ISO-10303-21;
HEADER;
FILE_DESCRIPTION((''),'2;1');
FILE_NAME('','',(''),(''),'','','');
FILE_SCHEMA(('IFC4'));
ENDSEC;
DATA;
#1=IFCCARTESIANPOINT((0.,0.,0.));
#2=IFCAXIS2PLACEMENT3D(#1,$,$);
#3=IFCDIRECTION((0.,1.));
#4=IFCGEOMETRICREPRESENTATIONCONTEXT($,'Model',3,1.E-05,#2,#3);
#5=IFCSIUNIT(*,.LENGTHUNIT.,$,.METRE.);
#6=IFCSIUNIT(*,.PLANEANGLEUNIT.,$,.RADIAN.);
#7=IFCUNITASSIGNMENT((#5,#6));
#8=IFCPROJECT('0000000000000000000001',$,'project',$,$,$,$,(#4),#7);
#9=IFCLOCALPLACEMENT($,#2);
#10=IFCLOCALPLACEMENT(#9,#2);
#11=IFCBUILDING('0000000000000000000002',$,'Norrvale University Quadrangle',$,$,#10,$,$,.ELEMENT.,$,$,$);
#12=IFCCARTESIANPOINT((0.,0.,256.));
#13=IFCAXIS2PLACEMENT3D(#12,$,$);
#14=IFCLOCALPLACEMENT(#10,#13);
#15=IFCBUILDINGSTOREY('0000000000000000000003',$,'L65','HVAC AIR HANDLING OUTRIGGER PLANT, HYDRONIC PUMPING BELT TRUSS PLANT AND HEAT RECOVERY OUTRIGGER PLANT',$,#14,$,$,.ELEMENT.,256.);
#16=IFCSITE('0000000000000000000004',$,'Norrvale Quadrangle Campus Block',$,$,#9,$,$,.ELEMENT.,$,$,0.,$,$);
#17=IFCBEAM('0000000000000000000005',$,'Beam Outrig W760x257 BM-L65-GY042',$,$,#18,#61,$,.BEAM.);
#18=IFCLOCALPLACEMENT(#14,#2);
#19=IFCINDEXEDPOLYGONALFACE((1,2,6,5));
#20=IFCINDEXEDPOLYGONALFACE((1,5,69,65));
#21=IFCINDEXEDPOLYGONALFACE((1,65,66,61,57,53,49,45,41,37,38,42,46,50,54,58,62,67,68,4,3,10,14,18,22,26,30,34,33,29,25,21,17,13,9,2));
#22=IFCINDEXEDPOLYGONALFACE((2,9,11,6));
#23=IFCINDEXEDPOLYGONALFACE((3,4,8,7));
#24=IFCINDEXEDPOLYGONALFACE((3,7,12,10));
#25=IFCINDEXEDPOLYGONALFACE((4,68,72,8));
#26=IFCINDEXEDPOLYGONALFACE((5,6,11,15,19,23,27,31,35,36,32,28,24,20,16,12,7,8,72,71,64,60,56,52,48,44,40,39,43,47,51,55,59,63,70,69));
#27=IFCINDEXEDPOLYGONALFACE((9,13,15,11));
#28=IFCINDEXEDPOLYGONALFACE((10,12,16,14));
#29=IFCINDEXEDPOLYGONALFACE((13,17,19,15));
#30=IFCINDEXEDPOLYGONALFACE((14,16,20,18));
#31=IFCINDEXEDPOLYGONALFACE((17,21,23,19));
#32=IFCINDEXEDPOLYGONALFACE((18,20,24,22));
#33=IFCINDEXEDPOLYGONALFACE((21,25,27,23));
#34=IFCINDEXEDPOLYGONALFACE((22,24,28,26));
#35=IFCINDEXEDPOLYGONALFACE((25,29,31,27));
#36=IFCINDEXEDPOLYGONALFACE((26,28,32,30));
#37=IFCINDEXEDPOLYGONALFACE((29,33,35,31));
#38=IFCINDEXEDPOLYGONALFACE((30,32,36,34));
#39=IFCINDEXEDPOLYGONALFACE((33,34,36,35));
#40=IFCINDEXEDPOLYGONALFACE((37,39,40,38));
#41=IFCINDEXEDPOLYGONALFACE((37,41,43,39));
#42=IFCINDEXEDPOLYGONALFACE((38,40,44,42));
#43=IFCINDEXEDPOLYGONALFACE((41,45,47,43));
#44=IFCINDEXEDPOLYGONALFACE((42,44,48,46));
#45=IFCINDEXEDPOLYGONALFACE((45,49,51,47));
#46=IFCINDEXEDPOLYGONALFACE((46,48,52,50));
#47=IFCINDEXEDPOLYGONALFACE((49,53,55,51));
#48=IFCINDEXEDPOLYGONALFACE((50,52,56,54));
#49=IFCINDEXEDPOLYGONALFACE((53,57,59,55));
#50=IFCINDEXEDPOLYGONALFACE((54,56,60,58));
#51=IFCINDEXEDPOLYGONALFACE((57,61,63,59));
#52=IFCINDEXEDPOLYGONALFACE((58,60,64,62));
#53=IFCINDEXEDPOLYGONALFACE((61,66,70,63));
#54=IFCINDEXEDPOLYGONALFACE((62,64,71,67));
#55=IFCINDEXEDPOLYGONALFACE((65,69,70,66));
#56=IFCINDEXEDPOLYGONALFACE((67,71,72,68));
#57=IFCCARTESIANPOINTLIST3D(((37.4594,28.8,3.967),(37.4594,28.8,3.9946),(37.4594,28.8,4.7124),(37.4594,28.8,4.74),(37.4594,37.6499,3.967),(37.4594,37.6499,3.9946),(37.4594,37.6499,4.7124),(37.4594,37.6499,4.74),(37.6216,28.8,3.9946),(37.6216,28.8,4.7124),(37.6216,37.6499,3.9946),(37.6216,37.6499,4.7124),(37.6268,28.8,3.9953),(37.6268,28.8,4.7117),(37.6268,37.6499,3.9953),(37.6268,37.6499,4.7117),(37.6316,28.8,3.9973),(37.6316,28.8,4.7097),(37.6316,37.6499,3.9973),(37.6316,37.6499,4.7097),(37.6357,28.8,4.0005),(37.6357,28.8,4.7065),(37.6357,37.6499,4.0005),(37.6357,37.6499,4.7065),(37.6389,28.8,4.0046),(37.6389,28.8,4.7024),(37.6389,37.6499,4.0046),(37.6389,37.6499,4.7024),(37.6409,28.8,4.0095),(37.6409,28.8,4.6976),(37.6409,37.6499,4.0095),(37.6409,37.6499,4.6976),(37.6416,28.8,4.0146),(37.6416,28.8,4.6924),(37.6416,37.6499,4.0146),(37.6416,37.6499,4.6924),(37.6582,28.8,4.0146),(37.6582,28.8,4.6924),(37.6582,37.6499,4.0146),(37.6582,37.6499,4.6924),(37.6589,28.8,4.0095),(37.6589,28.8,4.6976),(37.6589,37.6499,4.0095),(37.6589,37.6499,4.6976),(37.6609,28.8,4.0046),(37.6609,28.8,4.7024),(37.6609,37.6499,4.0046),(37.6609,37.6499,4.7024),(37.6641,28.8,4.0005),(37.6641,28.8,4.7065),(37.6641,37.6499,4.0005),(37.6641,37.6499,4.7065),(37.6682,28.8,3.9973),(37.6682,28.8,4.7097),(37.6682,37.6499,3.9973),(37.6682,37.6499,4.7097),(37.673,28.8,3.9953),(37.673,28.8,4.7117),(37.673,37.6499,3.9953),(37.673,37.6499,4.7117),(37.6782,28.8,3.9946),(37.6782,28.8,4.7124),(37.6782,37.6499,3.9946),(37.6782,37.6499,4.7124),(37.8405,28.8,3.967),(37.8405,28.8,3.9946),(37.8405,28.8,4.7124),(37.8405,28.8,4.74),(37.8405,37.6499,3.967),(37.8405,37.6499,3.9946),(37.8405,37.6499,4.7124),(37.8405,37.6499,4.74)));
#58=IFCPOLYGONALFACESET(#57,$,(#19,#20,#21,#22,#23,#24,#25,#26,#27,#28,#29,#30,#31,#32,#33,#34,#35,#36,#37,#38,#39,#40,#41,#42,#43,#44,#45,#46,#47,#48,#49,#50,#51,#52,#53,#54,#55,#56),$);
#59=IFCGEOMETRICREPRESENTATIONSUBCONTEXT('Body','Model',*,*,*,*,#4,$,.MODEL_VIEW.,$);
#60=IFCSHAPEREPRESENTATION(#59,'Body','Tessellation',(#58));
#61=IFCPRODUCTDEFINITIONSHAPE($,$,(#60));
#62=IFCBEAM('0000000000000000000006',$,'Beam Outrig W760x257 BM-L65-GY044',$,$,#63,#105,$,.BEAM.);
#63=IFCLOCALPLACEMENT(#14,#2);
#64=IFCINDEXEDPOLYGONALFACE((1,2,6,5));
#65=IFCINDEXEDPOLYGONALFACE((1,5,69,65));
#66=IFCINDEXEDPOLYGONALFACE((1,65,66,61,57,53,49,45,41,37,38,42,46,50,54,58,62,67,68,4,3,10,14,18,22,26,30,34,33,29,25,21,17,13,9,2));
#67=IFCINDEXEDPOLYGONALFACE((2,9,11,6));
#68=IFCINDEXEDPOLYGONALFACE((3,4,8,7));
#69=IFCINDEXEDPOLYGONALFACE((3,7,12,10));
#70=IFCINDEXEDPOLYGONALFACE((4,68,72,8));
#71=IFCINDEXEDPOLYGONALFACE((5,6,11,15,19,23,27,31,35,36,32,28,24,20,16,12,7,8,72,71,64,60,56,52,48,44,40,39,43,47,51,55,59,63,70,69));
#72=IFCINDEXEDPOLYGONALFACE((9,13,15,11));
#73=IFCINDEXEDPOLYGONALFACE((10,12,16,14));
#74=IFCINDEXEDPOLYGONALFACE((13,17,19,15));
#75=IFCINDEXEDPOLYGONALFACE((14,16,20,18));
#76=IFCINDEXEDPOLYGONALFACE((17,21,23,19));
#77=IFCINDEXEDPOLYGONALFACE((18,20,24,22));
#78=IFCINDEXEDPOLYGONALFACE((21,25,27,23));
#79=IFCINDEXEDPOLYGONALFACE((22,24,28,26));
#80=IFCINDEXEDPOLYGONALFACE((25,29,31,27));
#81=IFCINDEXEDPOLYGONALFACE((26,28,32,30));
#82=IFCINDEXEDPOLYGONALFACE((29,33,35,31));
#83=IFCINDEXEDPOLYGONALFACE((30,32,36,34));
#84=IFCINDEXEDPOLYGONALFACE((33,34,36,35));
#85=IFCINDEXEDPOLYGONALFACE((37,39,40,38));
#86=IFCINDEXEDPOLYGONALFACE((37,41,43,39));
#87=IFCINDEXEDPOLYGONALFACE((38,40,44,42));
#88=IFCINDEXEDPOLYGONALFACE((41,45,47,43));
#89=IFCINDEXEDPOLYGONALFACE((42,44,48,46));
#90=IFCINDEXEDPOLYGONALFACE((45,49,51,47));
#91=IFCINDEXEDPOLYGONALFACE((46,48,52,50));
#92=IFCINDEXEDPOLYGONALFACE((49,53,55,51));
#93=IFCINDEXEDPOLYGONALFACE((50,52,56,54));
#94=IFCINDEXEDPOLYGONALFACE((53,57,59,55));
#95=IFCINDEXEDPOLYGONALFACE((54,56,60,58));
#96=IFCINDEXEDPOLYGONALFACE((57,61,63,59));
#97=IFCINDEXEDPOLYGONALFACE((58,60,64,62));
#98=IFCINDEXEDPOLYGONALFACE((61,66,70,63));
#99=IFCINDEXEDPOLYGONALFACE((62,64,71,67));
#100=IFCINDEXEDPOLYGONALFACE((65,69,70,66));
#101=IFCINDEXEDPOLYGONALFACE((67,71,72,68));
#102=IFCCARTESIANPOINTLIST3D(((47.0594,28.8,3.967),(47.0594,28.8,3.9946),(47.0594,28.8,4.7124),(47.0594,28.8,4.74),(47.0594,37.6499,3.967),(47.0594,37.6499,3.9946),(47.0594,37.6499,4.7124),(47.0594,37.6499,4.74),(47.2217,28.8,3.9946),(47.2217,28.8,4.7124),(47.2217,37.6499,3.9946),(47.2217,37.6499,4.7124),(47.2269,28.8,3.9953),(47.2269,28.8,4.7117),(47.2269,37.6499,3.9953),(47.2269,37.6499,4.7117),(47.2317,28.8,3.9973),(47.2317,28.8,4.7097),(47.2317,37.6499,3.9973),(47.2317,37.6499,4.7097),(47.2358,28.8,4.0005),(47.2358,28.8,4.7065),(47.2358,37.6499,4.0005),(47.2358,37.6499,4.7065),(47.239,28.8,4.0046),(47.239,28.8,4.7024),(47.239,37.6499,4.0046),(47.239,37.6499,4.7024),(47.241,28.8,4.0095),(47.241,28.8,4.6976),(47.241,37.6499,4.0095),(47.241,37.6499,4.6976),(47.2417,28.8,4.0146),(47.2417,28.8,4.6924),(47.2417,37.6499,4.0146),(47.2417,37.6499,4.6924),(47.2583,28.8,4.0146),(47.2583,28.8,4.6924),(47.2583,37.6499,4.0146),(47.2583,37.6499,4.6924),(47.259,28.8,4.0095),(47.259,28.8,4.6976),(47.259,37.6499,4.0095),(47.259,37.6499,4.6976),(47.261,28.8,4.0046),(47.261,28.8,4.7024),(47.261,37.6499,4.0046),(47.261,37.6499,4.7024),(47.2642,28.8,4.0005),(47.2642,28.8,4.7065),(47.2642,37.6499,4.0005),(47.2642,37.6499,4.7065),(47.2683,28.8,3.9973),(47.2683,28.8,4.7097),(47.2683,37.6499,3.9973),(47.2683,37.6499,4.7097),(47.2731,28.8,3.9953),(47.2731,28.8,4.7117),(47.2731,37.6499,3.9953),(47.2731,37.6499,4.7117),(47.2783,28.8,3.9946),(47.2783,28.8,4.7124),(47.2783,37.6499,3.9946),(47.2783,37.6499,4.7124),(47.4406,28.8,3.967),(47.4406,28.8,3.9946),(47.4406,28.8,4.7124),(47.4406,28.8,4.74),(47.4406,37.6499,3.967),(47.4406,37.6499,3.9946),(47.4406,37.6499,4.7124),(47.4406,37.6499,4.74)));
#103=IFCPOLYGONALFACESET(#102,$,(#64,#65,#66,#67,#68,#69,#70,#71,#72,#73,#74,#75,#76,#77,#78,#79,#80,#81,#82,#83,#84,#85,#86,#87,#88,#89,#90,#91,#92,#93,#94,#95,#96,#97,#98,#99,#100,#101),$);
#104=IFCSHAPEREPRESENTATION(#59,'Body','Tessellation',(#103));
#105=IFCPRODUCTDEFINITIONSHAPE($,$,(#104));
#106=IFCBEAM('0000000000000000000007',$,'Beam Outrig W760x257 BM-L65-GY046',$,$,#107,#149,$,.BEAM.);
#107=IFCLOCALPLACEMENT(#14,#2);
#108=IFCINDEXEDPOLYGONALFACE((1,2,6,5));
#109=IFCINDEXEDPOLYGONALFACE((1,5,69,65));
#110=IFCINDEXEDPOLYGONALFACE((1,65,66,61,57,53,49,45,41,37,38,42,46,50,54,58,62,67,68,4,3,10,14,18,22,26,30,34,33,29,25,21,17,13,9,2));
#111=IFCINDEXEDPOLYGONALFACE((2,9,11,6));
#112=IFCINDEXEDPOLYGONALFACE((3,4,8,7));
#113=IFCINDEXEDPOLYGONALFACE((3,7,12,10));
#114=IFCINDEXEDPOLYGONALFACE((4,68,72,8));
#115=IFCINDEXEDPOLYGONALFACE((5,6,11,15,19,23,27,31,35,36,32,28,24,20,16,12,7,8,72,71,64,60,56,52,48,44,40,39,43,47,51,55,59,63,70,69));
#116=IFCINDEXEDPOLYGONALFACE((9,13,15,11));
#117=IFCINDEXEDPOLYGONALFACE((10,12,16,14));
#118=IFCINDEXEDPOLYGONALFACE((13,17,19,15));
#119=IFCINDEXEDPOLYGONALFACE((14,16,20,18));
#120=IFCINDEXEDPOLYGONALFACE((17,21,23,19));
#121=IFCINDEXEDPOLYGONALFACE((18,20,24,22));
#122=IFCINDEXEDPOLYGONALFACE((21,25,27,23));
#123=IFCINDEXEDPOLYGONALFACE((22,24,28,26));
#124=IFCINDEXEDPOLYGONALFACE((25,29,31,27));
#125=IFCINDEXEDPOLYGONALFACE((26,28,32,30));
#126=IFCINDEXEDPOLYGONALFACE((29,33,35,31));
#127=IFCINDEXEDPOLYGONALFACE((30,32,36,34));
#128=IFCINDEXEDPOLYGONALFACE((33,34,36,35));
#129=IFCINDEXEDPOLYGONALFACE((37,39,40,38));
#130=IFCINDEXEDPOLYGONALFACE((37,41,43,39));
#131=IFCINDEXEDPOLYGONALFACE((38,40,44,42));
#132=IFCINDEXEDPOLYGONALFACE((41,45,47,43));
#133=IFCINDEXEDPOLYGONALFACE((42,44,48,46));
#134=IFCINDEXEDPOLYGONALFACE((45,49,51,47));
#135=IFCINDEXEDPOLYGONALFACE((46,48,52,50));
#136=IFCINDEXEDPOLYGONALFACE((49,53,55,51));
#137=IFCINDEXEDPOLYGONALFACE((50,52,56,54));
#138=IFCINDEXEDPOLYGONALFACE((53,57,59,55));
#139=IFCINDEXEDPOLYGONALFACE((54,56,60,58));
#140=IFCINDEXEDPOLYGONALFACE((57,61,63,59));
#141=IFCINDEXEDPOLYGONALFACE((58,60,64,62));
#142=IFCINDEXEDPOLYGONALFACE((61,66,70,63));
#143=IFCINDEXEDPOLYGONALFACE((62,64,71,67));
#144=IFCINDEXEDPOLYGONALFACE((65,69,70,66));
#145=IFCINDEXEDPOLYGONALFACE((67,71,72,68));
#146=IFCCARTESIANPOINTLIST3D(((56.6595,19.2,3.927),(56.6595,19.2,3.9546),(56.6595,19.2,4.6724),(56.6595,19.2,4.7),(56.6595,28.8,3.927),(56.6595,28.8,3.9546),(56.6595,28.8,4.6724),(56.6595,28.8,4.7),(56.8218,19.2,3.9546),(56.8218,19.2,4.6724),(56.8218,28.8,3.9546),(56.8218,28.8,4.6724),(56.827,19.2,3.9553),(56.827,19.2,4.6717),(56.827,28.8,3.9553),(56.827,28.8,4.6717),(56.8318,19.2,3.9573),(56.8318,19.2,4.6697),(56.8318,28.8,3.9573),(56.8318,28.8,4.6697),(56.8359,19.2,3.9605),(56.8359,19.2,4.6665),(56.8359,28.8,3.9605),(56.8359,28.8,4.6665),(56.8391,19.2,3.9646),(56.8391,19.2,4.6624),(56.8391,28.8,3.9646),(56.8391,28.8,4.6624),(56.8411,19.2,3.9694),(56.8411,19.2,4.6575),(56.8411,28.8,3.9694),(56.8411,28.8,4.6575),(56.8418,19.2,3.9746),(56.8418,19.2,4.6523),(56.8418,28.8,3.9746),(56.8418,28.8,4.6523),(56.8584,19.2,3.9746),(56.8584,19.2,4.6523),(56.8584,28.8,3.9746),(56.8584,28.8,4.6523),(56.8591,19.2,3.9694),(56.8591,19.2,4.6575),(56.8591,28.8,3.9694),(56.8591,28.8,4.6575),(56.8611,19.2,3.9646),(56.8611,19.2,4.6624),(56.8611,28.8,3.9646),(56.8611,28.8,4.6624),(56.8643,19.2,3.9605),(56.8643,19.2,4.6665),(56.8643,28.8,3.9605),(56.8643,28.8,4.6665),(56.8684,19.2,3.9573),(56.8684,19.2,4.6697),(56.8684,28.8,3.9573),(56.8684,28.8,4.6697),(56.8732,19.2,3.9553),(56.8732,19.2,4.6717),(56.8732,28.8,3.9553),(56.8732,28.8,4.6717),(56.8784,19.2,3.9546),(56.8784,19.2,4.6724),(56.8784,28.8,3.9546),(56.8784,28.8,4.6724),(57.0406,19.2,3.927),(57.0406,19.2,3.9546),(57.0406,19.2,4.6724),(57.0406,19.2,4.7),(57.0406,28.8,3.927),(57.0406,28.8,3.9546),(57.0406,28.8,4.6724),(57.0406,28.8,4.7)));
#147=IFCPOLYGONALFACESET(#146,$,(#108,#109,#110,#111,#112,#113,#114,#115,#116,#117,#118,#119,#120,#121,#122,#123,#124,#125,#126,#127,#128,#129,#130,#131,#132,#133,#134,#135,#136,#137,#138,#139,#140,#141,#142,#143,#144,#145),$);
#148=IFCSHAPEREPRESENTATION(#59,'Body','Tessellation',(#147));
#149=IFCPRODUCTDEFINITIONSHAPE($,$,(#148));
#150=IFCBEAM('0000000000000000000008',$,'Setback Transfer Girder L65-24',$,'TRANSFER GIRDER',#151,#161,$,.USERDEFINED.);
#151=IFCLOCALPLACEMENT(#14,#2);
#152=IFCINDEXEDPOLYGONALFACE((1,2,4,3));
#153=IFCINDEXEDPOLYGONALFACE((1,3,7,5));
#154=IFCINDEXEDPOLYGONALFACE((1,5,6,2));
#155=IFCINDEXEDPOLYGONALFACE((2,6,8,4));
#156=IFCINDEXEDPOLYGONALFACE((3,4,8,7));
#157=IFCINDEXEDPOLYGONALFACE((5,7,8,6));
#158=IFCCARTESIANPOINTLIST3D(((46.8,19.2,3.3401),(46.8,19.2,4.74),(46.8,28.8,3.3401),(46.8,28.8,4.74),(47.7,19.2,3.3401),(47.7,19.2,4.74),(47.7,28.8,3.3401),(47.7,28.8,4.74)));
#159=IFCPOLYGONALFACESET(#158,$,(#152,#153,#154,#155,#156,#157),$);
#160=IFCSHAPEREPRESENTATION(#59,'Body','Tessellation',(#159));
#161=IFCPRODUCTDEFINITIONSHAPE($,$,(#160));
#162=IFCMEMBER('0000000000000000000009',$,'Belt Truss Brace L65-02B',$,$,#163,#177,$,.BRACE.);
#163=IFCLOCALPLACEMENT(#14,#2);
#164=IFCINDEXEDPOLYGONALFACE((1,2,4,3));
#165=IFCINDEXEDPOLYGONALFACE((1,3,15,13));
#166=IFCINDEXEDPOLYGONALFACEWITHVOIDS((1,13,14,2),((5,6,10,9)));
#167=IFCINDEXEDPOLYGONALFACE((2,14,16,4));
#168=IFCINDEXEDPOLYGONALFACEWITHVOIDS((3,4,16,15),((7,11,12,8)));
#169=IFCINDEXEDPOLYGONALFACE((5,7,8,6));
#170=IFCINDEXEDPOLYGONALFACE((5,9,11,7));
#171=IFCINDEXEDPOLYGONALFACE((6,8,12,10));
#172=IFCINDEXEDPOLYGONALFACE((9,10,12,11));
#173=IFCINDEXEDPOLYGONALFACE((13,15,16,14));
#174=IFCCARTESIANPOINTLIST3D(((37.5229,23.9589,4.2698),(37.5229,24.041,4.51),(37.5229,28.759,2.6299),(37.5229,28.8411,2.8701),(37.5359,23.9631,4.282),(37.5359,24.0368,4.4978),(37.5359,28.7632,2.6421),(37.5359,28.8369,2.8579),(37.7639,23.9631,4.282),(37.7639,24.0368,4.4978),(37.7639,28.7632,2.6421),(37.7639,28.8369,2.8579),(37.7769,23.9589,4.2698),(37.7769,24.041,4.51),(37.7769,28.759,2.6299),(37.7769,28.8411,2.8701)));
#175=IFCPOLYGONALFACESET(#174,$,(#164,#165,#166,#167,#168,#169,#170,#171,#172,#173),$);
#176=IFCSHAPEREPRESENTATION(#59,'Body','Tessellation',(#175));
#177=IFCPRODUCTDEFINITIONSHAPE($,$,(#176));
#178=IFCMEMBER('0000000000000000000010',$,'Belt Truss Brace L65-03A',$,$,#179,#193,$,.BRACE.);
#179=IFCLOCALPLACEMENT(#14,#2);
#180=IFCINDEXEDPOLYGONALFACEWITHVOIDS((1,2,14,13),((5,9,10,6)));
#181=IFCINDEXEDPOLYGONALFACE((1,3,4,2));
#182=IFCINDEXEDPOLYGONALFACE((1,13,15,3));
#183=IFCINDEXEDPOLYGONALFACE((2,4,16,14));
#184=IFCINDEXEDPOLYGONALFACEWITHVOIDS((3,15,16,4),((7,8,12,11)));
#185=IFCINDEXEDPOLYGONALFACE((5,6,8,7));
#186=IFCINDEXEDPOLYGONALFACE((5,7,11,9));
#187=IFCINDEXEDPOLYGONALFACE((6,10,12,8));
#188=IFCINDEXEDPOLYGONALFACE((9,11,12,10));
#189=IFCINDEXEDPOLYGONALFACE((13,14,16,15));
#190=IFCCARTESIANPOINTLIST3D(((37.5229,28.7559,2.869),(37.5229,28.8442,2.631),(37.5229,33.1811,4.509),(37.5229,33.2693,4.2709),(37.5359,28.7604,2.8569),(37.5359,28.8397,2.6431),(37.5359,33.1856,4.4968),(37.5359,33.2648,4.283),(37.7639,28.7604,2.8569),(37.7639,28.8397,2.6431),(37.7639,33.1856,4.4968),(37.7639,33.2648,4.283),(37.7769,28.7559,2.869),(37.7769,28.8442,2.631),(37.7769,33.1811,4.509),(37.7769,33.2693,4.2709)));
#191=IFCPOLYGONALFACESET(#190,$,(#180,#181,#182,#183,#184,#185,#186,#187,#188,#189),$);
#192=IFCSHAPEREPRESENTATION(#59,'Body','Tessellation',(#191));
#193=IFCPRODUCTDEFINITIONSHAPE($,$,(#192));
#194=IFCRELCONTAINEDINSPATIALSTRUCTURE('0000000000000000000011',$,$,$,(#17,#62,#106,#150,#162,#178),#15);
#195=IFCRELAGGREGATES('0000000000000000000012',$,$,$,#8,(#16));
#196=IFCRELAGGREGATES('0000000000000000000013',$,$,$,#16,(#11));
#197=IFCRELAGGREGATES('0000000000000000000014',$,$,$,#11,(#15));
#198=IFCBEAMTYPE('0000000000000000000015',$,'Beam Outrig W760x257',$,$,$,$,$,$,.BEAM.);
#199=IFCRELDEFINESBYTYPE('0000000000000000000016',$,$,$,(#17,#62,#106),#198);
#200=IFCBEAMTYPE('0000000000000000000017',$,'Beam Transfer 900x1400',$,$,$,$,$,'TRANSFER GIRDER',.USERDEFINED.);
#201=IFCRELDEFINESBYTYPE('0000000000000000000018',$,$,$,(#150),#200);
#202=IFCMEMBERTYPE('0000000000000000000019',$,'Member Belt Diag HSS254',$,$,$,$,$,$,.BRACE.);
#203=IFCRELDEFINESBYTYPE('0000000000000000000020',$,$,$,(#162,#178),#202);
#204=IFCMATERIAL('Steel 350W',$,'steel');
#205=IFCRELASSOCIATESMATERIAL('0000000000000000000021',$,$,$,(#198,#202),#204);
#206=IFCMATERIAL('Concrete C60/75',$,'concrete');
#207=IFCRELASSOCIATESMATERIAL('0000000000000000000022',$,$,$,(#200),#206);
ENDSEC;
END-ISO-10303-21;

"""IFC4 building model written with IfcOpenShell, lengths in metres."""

from ifc_helpers import new_model, si_unit, direction, frame, origin, origin_2d, place, context, subcontext, project, spatial, rectangle, hollow_rectangle, i_section, extrude, material, material_profile, profile_set, type_object, element, save


model = new_model("IFC4")

# Units and contexts
model_context = context("Model", 3, precision=1e-05, world=origin(), true_north=direction((0.0, 1.0)))
body_context = subcontext(model_context, "Body", "Model", "MODEL_VIEW")
ifc_project = project(units=[si_unit("LENGTHUNIT", "METRE"), si_unit("PLANEANGLEUNIT", "RADIAN")], contexts=[model_context])

# Site, building, storey
site_placement = place(None, origin())
site = spatial("IfcSite", under=ifc_project, at=site_placement, Name="Norrvale Quadrangle Campus Block", CompositionType="ELEMENT", RefElevation=0.0)
building_placement = place(site_placement, origin())
building = spatial("IfcBuilding", under=site, at=building_placement, Name="Norrvale University Quadrangle", CompositionType="ELEMENT")
storey_placement = place(building_placement, frame((0.0, 0.0, 256.0)))
storey = spatial("IfcBuildingStorey", under=building, at=storey_placement, Name="L65", Description="HVAC AIR HANDLING OUTRIGGER PLANT, HYDRONIC PUMPING BELT TRUSS PLANT AND HEAT RECOVERY OUTRIGGER PLANT", CompositionType="ELEMENT", Elevation=256.0)

# Shared definitions
ifc_material_1 = material(Name="Concrete C60/75", Category="concrete")

# Beams
ifc_material_2 = material(Name="Steel 350W", Category="steel")
ifc_material_profile_1 = material_profile(ifc_material_2, i_section(OverallWidth=0.3811, OverallDepth=0.7729, WebThickness=0.0166, FlangeThickness=0.0276, FilletRadius=0.02, at=origin_2d()), Name="Steel 350W")
ifc_profile_set_1 = profile_set([ifc_material_profile_1], Name="Steel 350W")
beam_type_1 = type_object("IfcBeamType", Name="Beam Outrig W760x257", PredefinedType="BEAM", material=ifc_profile_set_1)
for number, where, z_axis, x_axis, name in (
    (1, (37.6499, 28.8, 4.3535), (0.0, 1.0, 0.0), (-1.0, 0.0, 0.0), "Beam Outrig W760x257 BM-L65-GY042"),
    (2, (47.25, 28.8, 4.3535), (0.0, 1.0, 0.0), (-1.0, 0.0, 0.0), "Beam Outrig W760x257 BM-L65-GY044"),
):
    element("IfcBeam", number, at=place(storey_placement, frame(where, z_axis=z_axis, x_axis=x_axis)), inside=storey, type_object=beam_type_1, Name=name, PredefinedType="BEAM", context=body_context, shape_type="SweptSolid", body=[
        extrude(i_section(OverallWidth=0.3811, OverallDepth=0.7729, WebThickness=0.0166, FlangeThickness=0.0276, FilletRadius=0.02, at=origin_2d()), origin(), (0.0, 0.0, 1.0), 8.8499),
    ])
beam_1_placement = place(storey_placement, frame((56.8501, 19.2, 4.3135), z_axis=(0.0, 1.0, 0.0), x_axis=(-1.0, 0.0, 0.0)))
element("IfcBeam", 3, at=beam_1_placement, inside=storey, type_object=beam_type_1, Name="Beam Outrig W760x257 BM-L65-GY046", PredefinedType="BEAM", context=body_context, shape_type="SweptSolid", body=[
    extrude(i_section(OverallWidth=0.3811, OverallDepth=0.7729, WebThickness=0.0166, FlangeThickness=0.0276, FilletRadius=0.02, at=origin_2d()), origin(), (0.0, 0.0, 1.0), 9.6001),
])
ifc_material_profile_2 = material_profile(ifc_material_1, rectangle(XDim=0.8999, YDim=1.3999, at=origin_2d()), Name="Concrete C60/75")
ifc_profile_set_2 = profile_set([ifc_material_profile_2], Name="Concrete C60/75")
beam_type_2 = type_object("IfcBeamType", Name="Beam Transfer 900x1400", ElementType="TRANSFER GIRDER", PredefinedType="USERDEFINED", material=ifc_profile_set_2)
beam_2_placement = place(storey_placement, frame((47.25, 19.2, 4.04), z_axis=(0.0, 1.0, 0.0), x_axis=(-1.0, 0.0, 0.0)))
element("IfcBeam", 4, at=beam_2_placement, inside=storey, type_object=beam_type_2, Name="Setback Transfer Girder L65-24", ObjectType="TRANSFER GIRDER", PredefinedType="USERDEFINED", context=body_context, shape_type="SweptSolid", body=[
    extrude(rectangle(XDim=0.8999, YDim=1.3999, at=origin_2d()), origin(), (0.0, 0.0, 1.0), 9.6001),
])

# Members
ifc_material_profile_3 = material_profile(ifc_material_2, hollow_rectangle(XDim=0.2539, YDim=0.2539, WallThickness=0.0129, at=origin_2d()), Name="Steel 350W")
ifc_profile_set_3 = profile_set([ifc_material_profile_3], Name="Steel 350W")
member_type_1 = type_object("IfcMemberType", Name="Member Belt Diag HSS254", PredefinedType="BRACE", material=ifc_profile_set_3)
member_1_placement = place(storey_placement, frame((37.6499, 28.8, 2.75), z_axis=(0.0, -0.946299, 0.323294), x_axis=(1.0, 0.0, 0.0)))
element("IfcMember", 5, at=member_1_placement, inside=storey, type_object=member_type_1, Name="Belt Truss Brace L65-02B", PredefinedType="BRACE", context=body_context, shape_type="SweptSolid", body=[
    extrude(hollow_rectangle(XDim=0.2539, YDim=0.2539, WallThickness=0.0129, at=origin_2d()), origin(), (0.0, 0.0, 1.0), 5.0725),
])
member_2_placement = place(storey_placement, frame((37.6499, 28.8, 2.75), z_axis=(0.0, 0.937681, 0.347498), x_axis=(-1.0, 0.0, 0.0)))
element("IfcMember", 6, at=member_2_placement, inside=storey, type_object=member_type_1, Name="Belt Truss Brace L65-03A", PredefinedType="BRACE", context=body_context, shape_type="SweptSolid", body=[
    extrude(hollow_rectangle(XDim=0.2539, YDim=0.2539, WallThickness=0.0129, at=origin_2d()), origin(), (0.0, 0.0, 1.0), 4.7192),
])

save(model, "model.ifc")
